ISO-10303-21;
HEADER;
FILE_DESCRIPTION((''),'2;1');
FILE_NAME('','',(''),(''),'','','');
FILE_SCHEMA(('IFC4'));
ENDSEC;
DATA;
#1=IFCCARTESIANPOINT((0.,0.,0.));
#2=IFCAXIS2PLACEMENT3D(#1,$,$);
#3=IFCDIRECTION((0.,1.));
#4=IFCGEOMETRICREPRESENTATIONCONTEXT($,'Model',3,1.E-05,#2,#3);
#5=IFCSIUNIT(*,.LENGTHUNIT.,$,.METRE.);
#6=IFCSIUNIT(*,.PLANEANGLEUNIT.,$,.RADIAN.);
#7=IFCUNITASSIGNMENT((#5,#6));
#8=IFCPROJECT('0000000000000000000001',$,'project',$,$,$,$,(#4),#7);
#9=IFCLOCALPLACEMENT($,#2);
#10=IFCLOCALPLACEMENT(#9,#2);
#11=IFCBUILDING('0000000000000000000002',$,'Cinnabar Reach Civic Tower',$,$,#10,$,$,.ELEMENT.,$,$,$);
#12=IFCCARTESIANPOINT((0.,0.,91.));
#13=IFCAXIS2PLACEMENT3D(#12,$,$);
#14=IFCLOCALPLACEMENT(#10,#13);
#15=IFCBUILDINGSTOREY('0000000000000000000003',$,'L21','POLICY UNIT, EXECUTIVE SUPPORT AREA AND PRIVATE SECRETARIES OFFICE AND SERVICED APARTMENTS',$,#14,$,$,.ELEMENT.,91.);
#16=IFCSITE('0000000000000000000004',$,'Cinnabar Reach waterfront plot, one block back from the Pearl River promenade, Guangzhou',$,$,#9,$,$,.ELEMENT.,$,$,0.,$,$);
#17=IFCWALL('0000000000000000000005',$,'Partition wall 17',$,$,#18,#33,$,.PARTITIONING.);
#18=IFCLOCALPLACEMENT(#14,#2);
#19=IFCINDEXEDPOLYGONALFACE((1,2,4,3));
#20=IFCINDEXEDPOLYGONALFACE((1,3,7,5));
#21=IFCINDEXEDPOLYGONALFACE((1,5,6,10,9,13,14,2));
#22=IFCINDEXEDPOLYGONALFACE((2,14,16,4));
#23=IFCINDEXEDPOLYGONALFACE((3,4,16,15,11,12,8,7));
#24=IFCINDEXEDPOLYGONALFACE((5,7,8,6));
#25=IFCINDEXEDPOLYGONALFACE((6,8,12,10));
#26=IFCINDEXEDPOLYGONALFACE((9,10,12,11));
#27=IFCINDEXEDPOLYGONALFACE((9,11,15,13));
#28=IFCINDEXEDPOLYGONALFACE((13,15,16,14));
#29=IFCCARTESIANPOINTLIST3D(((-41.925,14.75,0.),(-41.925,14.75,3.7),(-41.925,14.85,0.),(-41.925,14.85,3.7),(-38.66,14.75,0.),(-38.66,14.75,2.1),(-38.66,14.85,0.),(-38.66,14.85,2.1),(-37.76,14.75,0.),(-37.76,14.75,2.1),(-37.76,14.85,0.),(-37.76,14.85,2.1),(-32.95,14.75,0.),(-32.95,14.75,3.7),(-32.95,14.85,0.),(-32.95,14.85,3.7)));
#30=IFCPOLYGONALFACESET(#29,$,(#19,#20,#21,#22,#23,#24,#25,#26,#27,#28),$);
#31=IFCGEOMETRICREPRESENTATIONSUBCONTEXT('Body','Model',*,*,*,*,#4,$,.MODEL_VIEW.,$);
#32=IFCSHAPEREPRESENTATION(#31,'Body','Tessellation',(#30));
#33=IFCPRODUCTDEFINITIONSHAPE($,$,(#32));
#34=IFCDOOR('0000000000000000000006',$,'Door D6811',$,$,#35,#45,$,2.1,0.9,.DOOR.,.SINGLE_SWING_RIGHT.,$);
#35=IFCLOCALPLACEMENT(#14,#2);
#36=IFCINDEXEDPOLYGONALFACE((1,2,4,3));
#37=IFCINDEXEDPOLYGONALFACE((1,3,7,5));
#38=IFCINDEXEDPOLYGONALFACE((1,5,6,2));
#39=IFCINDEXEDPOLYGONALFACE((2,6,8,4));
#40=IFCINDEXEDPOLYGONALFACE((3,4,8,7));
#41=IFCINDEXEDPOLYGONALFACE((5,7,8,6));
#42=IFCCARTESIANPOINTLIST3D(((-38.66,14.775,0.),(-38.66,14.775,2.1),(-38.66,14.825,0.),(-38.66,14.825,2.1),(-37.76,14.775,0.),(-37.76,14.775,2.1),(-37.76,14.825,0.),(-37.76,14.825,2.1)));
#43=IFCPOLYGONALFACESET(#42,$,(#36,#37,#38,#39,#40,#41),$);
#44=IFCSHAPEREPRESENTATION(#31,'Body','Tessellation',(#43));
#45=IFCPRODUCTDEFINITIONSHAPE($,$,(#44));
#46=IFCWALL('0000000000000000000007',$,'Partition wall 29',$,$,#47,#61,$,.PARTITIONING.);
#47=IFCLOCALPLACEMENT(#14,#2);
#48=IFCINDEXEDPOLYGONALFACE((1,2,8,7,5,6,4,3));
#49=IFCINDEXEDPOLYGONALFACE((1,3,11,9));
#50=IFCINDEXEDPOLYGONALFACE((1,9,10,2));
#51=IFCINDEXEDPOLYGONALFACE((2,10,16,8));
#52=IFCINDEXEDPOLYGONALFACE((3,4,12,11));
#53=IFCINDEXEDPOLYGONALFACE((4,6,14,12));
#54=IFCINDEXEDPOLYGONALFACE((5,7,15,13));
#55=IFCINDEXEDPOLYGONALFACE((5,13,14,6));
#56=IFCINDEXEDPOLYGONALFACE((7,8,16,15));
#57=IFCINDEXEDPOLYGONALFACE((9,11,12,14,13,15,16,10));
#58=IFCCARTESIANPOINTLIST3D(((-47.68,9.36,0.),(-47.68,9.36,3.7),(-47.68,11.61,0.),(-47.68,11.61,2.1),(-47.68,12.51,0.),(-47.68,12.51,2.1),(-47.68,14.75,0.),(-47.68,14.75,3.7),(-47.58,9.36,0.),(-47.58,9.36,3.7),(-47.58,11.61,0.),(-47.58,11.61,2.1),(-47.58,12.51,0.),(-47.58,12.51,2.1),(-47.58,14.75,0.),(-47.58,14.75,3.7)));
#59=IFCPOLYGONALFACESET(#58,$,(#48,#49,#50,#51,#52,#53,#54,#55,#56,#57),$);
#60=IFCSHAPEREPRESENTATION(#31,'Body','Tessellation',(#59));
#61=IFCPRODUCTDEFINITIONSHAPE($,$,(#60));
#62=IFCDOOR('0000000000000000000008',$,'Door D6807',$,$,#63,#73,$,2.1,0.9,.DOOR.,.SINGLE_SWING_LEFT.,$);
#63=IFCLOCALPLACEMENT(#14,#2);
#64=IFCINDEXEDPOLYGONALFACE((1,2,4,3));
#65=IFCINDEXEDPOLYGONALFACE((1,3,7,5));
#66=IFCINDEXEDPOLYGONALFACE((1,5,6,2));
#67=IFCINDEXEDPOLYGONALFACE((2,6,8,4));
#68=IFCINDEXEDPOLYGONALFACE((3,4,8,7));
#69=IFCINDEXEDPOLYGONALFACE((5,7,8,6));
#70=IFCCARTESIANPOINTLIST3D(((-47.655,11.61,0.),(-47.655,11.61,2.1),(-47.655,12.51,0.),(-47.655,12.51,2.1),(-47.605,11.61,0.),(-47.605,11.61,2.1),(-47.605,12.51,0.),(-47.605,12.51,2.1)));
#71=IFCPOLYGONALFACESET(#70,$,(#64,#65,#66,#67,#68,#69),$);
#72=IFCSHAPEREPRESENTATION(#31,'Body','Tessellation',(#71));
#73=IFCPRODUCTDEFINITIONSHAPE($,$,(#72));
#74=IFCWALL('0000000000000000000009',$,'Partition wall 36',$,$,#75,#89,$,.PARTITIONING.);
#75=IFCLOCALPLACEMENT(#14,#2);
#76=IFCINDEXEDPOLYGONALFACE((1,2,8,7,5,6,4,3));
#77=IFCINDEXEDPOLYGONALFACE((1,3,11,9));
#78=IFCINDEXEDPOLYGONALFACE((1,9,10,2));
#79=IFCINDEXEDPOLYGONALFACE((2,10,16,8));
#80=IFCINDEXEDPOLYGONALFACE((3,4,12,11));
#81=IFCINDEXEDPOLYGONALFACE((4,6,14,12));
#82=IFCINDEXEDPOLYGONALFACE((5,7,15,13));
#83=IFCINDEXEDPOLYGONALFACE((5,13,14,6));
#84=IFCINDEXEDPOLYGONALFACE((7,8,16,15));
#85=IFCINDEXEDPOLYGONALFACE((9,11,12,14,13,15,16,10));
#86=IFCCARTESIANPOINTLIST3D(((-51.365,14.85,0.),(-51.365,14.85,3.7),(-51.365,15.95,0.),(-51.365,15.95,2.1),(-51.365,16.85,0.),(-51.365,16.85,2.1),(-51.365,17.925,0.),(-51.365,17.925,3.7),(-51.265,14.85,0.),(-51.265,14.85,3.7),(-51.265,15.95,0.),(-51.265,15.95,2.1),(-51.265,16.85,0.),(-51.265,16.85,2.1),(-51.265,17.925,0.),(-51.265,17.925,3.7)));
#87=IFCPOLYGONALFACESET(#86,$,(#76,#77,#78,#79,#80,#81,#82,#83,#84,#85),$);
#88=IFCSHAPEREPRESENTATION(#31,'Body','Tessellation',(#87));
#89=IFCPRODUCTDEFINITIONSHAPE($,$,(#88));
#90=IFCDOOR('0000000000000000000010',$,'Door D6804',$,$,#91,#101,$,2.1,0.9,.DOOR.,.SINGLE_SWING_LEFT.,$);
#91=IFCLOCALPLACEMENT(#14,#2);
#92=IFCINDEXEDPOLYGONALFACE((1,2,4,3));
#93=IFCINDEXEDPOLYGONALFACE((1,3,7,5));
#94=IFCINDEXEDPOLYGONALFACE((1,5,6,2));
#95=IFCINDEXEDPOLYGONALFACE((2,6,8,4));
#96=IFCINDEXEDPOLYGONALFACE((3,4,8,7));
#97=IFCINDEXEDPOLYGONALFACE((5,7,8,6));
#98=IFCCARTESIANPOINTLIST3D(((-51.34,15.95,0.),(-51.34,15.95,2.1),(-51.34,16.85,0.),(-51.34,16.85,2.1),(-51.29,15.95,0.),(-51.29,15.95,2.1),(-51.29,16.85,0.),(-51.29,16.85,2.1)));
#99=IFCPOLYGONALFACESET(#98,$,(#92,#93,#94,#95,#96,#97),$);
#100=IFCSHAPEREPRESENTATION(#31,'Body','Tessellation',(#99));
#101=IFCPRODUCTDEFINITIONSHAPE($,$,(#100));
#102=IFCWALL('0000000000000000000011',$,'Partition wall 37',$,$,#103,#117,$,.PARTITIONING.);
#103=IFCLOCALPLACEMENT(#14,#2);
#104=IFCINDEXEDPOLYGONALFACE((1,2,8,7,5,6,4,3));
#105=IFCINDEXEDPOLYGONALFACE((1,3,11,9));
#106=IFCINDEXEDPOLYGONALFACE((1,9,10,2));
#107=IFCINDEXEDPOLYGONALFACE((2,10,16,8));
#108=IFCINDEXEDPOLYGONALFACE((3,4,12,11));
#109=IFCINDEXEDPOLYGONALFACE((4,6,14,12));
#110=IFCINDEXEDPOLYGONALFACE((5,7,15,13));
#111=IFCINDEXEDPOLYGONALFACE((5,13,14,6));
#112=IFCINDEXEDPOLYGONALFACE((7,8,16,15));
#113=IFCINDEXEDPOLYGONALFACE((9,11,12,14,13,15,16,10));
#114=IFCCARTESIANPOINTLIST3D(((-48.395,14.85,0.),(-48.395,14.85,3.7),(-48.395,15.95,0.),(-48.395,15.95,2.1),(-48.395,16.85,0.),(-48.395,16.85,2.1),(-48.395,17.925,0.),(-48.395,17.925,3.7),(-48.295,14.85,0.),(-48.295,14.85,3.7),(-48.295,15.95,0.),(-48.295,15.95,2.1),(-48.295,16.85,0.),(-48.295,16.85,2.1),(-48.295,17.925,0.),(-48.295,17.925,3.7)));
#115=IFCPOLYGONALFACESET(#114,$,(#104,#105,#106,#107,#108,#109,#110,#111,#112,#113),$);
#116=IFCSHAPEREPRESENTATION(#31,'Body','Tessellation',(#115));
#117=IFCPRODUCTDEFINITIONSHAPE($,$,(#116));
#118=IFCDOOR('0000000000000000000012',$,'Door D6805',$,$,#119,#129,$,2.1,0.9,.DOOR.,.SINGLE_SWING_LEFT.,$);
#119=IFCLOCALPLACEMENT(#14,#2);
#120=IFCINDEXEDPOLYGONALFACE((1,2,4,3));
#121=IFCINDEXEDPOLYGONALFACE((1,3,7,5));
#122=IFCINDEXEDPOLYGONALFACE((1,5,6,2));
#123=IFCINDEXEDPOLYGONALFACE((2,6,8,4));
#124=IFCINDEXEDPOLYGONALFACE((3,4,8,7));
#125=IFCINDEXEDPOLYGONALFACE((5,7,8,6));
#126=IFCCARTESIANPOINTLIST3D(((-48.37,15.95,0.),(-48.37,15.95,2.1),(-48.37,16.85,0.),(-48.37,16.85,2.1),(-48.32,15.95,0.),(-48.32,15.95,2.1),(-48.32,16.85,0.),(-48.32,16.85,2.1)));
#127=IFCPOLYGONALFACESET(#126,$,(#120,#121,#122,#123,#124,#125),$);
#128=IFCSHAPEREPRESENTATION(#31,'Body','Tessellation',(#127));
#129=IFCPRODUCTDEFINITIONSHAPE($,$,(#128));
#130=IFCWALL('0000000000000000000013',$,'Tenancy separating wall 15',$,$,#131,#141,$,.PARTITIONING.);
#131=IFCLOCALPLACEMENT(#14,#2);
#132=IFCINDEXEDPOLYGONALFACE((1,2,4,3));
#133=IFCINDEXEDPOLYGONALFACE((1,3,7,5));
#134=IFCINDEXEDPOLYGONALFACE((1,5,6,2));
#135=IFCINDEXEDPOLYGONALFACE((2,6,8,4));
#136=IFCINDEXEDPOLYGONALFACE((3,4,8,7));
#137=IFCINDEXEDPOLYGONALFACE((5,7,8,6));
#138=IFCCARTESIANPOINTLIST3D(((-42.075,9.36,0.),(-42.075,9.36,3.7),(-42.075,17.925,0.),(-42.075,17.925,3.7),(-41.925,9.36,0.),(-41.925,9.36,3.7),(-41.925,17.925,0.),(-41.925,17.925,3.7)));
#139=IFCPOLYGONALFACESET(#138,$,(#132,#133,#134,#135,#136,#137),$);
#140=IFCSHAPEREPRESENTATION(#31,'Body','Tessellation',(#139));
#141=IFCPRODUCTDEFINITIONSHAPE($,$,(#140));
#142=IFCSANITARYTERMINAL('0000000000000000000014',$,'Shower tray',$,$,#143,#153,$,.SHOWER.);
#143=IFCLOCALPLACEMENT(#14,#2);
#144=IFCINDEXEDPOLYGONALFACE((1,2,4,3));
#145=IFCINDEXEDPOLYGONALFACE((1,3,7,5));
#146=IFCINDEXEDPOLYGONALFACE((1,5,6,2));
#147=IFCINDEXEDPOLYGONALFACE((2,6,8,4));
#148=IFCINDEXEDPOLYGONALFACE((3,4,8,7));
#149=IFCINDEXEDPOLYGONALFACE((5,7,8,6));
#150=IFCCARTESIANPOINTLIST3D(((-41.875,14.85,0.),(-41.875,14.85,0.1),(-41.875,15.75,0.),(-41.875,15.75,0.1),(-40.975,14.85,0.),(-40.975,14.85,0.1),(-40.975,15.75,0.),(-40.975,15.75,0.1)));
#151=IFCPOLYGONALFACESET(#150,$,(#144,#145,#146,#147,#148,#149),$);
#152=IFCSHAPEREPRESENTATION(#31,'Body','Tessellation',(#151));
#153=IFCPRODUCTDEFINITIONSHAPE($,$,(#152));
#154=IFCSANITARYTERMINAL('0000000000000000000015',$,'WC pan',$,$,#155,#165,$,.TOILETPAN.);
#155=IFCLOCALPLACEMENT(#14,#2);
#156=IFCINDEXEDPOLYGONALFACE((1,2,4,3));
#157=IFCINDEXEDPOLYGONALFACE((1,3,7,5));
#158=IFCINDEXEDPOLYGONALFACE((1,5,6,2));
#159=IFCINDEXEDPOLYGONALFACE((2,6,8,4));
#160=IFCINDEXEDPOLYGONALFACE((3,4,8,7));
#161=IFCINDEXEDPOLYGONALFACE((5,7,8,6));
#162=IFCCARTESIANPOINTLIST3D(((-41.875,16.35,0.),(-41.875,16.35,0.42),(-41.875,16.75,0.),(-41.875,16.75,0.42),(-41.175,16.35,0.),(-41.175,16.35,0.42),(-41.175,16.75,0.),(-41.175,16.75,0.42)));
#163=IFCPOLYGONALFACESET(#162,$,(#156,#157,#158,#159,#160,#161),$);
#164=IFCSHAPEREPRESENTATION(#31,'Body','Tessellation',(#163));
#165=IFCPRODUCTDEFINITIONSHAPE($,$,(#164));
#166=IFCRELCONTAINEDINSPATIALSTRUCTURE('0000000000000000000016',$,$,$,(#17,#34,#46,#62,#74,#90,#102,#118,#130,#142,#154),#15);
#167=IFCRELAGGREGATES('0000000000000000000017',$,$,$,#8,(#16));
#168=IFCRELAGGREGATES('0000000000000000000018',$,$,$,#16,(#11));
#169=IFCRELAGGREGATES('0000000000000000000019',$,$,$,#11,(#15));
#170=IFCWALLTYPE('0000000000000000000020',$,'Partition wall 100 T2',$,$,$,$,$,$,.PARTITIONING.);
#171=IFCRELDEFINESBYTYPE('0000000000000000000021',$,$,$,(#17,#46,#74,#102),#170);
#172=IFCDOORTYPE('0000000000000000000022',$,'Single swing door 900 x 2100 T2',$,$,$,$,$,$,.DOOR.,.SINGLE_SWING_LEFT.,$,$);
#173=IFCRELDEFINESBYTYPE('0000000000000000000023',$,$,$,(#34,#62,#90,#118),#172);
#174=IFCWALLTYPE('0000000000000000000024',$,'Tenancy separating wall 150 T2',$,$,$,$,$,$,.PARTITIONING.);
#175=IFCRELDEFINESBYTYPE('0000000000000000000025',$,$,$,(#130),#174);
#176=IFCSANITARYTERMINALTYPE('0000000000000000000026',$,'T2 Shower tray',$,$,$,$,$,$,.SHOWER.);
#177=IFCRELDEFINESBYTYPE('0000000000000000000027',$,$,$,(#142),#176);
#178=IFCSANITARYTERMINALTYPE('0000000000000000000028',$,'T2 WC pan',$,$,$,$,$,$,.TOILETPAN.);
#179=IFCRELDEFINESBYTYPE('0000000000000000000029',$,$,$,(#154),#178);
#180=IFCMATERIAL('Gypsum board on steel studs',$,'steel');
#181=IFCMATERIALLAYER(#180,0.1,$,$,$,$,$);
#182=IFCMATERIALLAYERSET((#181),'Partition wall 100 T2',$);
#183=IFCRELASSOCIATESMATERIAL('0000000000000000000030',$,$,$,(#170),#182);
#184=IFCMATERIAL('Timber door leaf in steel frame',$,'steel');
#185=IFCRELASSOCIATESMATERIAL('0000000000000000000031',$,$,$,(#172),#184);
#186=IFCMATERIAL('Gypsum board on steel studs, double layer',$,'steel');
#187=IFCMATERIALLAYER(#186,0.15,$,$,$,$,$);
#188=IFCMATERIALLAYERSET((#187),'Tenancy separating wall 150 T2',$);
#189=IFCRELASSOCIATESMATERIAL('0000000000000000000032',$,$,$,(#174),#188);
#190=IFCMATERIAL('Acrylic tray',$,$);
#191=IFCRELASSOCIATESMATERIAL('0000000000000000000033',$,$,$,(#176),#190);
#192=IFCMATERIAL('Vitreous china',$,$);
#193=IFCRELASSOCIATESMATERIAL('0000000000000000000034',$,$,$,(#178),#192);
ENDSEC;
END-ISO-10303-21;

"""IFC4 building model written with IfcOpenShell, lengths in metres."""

from ifc_helpers import new_model, si_unit, direction, frame, frame_2d, origin, origin_2d, place, context, subcontext, project, spatial, rectangle, extrude, material, layer, layer_set, type_object, element, fill, save


model = new_model("IFC4")

# Units and contexts
model_context = context("Model", 3, precision=1e-05, world=origin(), true_north=direction((0.0, 1.0)))
body_context = subcontext(model_context, "Body", "Model", "MODEL_VIEW")
ifc_project = project(units=[si_unit("LENGTHUNIT", "METRE"), si_unit("PLANEANGLEUNIT", "RADIAN")], contexts=[model_context])

# Site, building, storey
site_placement = place(None, origin())
site = spatial("IfcSite", under=ifc_project, at=site_placement, Name="Cinnabar Reach waterfront plot, one block back from the Pearl River promenade, Guangzhou", CompositionType="ELEMENT", RefElevation=0.0)
building_placement = place(site_placement, origin())
building = spatial("IfcBuilding", under=site, at=building_placement, Name="Cinnabar Reach Civic Tower", CompositionType="ELEMENT")
storey_placement = place(building_placement, frame((0.0, 0.0, 91.0)))
storey = spatial("IfcBuildingStorey", under=building, at=storey_placement, Name="L21", Description="POLICY UNIT, EXECUTIVE SUPPORT AREA AND PRIVATE SECRETARIES OFFICE AND SERVICED APARTMENTS", CompositionType="ELEMENT", Elevation=91.0)

# Walls, openings, doors
ifc_material_1 = material(Name="Gypsum board on steel studs, double layer", Category="steel")
ifc_material_2 = material(Name="Timber door leaf in steel frame", Category="steel")
ifc_material_3 = material(Name="Gypsum board on steel studs", Category="steel")
ifc_layer_1 = layer(ifc_material_3, 0.1)
ifc_layer_set_1 = layer_set([ifc_layer_1], Name="Partition wall 100 T2")
wall_type_1 = type_object("IfcWallType", Name="Partition wall 100 T2", PredefinedType="PARTITIONING", material=ifc_layer_set_1)
wall_1_placement = place(storey_placement, frame((-41.925, 14.8, 0.0), z_axis=(0.0, 0.0, 1.0), x_axis=(1.0, 0.0, 0.0)))
wall_1 = element("IfcWall", 1, at=wall_1_placement, inside=storey, type_object=wall_type_1, Name="Partition wall 17", PredefinedType="PARTITIONING", context=body_context, shape_type="SweptSolid", body=[
    extrude(rectangle(XDim=8.975, YDim=0.1, at=frame_2d((4.4875, 0.0))), origin(), (0.0, 0.0, 1.0), 3.7),
])
opening_1_placement = place(wall_1_placement, frame((3.265, 0.0, 0.0)))
opening_1 = element("IfcOpeningElement", 2, at=opening_1_placement, cuts=wall_1, PredefinedType="OPENING", context=body_context, shape_type="SweptSolid", body=[
    extrude(rectangle(XDim=0.9, YDim=2.1, at=frame_2d((0.45, 1.05))), frame((0.0, 0.06, 0.0), z_axis=(0.0, -1.0, 0.0), x_axis=(1.0, 0.0, 0.0)), (0.0, 0.0, 1.0), 0.12),
])
door_type_1 = type_object("IfcDoorType", Name="Single swing door 900 x 2100 T2", OperationType="SINGLE_SWING_LEFT", PredefinedType="DOOR", material=ifc_material_2)
door_1_placement = place(opening_1_placement, origin())
door_1 = element("IfcDoor", 3, at=door_1_placement, inside=storey, type_object=door_type_1, Name="Door D6811", OperationType="SINGLE_SWING_RIGHT", OverallHeight=2.1, OverallWidth=0.9, PredefinedType="DOOR", context=body_context, shape_type="SweptSolid", body=[
    extrude(rectangle(XDim=0.9, YDim=2.1, at=frame_2d((0.45, 1.05))), frame((0.0, 0.025, 0.0), z_axis=(0.0, -1.0, 0.0), x_axis=(1.0, 0.0, 0.0)), (0.0, 0.0, 1.0), 0.05),
])
fill(opening_1, door_1)
wall_2_placement = place(storey_placement, frame((-47.63, 9.36, 0.0), z_axis=(0.0, 0.0, 1.0), x_axis=(0.0, 1.0, 0.0)))
wall_2 = element("IfcWall", 4, at=wall_2_placement, inside=storey, type_object=wall_type_1, Name="Partition wall 29", PredefinedType="PARTITIONING", context=body_context, shape_type="SweptSolid", body=[
    extrude(rectangle(XDim=5.39, YDim=0.1, at=frame_2d((2.695, 0.0))), origin(), (0.0, 0.0, 1.0), 3.7),
])
opening_2_placement = place(wall_2_placement, frame((2.25, 0.0, 0.0)))
opening_2 = element("IfcOpeningElement", 5, at=opening_2_placement, cuts=wall_2, PredefinedType="OPENING", context=body_context, shape_type="SweptSolid", body=[
    extrude(rectangle(XDim=0.9, YDim=2.1, at=frame_2d((0.45, 1.05))), frame((0.0, 0.06, 0.0), z_axis=(0.0, -1.0, 0.0), x_axis=(1.0, 0.0, 0.0)), (0.0, 0.0, 1.0), 0.12),
])
door_2_placement = place(opening_2_placement, frame((0.9, 0.0, 0.0), z_axis=(0.0, 0.0, 1.0), x_axis=(-1.0, 0.0, 0.0)))
door_2 = element("IfcDoor", 6, at=door_2_placement, inside=storey, type_object=door_type_1, Name="Door D6807", OperationType="SINGLE_SWING_LEFT", OverallHeight=2.1, OverallWidth=0.9, PredefinedType="DOOR", context=body_context, shape_type="SweptSolid", body=[
    extrude(rectangle(XDim=0.9, YDim=2.1, at=frame_2d((0.45, 1.05))), frame((0.0, 0.025, 0.0), z_axis=(0.0, -1.0, 0.0), x_axis=(1.0, 0.0, 0.0)), (0.0, 0.0, 1.0), 0.05),
])
fill(opening_2, door_2)
wall_3_placement = place(storey_placement, frame((-51.315, 14.85, 0.0), z_axis=(0.0, 0.0, 1.0), x_axis=(0.0, 1.0, 0.0)))
wall_3 = element("IfcWall", 7, at=wall_3_placement, inside=storey, type_object=wall_type_1, Name="Partition wall 36", PredefinedType="PARTITIONING", context=body_context, shape_type="SweptSolid", body=[
    extrude(rectangle(XDim=3.075, YDim=0.1, at=frame_2d((1.5375, 0.0))), origin(), (0.0, 0.0, 1.0), 3.7),
])
opening_3_placement = place(wall_3_placement, frame((1.1, 0.0, 0.0)))
opening_3 = element("IfcOpeningElement", 8, at=opening_3_placement, cuts=wall_3, PredefinedType="OPENING", context=body_context, shape_type="SweptSolid", body=[
    extrude(rectangle(XDim=0.9, YDim=2.1, at=frame_2d((0.45, 1.05))), frame((0.0, 0.06, 0.0), z_axis=(0.0, -1.0, 0.0), x_axis=(1.0, 0.0, 0.0)), (0.0, 0.0, 1.0), 0.12),
])
door_3_placement = place(opening_3_placement, origin())
door_3 = element("IfcDoor", 9, at=door_3_placement, inside=storey, type_object=door_type_1, Name="Door D6804", OperationType="SINGLE_SWING_LEFT", OverallHeight=2.1, OverallWidth=0.9, PredefinedType="DOOR", context=body_context, shape_type="SweptSolid", body=[
    extrude(rectangle(XDim=0.9, YDim=2.1, at=frame_2d((0.45, 1.05))), frame((0.0, 0.025, 0.0), z_axis=(0.0, -1.0, 0.0), x_axis=(1.0, 0.0, 0.0)), (0.0, 0.0, 1.0), 0.05),
])
fill(opening_3, door_3)
wall_4_placement = place(storey_placement, frame((-48.345, 14.85, 0.0), z_axis=(0.0, 0.0, 1.0), x_axis=(0.0, 1.0, 0.0)))
wall_4 = element("IfcWall", 10, at=wall_4_placement, inside=storey, type_object=wall_type_1, Name="Partition wall 37", PredefinedType="PARTITIONING", context=body_context, shape_type="SweptSolid", body=[
    extrude(rectangle(XDim=3.075, YDim=0.1, at=frame_2d((1.5375, 0.0))), origin(), (0.0, 0.0, 1.0), 3.7),
])
opening_4_placement = place(wall_4_placement, frame((1.1, 0.0, 0.0)))
opening_4 = element("IfcOpeningElement", 11, at=opening_4_placement, cuts=wall_4, PredefinedType="OPENING", context=body_context, shape_type="SweptSolid", body=[
    extrude(rectangle(XDim=0.9, YDim=2.1, at=frame_2d((0.45, 1.05))), frame((0.0, 0.06, 0.0), z_axis=(0.0, -1.0, 0.0), x_axis=(1.0, 0.0, 0.0)), (0.0, 0.0, 1.0), 0.12),
])
door_4_placement = place(opening_4_placement, origin())
door_4 = element("IfcDoor", 12, at=door_4_placement, inside=storey, type_object=door_type_1, Name="Door D6805", OperationType="SINGLE_SWING_LEFT", OverallHeight=2.1, OverallWidth=0.9, PredefinedType="DOOR", context=body_context, shape_type="SweptSolid", body=[
    extrude(rectangle(XDim=0.9, YDim=2.1, at=frame_2d((0.45, 1.05))), frame((0.0, 0.025, 0.0), z_axis=(0.0, -1.0, 0.0), x_axis=(1.0, 0.0, 0.0)), (0.0, 0.0, 1.0), 0.05),
])
fill(opening_4, door_4)

# Wall
ifc_layer_2 = layer(ifc_material_1, 0.15)
ifc_layer_set_2 = layer_set([ifc_layer_2], Name="Tenancy separating wall 150 T2")
wall_type_2 = type_object("IfcWallType", Name="Tenancy separating wall 150 T2", PredefinedType="PARTITIONING", material=ifc_layer_set_2)
wall_5_placement = place(storey_placement, frame((-42.0, 9.36, 0.0), z_axis=(0.0, 0.0, 1.0), x_axis=(0.0, 1.0, 0.0)))
element("IfcWall", 13, at=wall_5_placement, inside=storey, type_object=wall_type_2, Name="Tenancy separating wall 15", PredefinedType="PARTITIONING", context=body_context, shape_type="SweptSolid", body=[
    extrude(rectangle(XDim=8.565, YDim=0.15, at=frame_2d((4.2825, 0.0))), origin(), (0.0, 0.0, 1.0), 3.7),
])

# Sanitary terminals
ifc_material_4 = material(Name="Acrylic tray")
sanitary_terminal_type_1 = type_object("IfcSanitaryTerminalType", Name="T2 Shower tray", PredefinedType="SHOWER", material=ifc_material_4)
sanitary_terminal_1_placement = place(storey_placement, frame((-41.425, 15.3, 0.0), z_axis=(0.0, 0.0, 1.0), x_axis=(1.0, 0.0, 0.0)))
element("IfcSanitaryTerminal", 14, at=sanitary_terminal_1_placement, inside=storey, type_object=sanitary_terminal_type_1, Name="Shower tray", PredefinedType="SHOWER", context=body_context, shape_type="SweptSolid", body=[
    extrude(rectangle(XDim=0.9, YDim=0.9, at=origin_2d()), origin(), (0.0, 0.0, 1.0), 0.1),
])
ifc_material_5 = material(Name="Vitreous china")
sanitary_terminal_type_2 = type_object("IfcSanitaryTerminalType", Name="T2 WC pan", PredefinedType="TOILETPAN", material=ifc_material_5)
sanitary_terminal_2_placement = place(storey_placement, frame((-41.525, 16.55, 0.0), z_axis=(0.0, 0.0, 1.0), x_axis=(1.0, 0.0, 0.0)))
element("IfcSanitaryTerminal", 15, at=sanitary_terminal_2_placement, inside=storey, type_object=sanitary_terminal_type_2, Name="WC pan", PredefinedType="TOILETPAN", context=body_context, shape_type="SweptSolid", body=[
    extrude(rectangle(XDim=0.7, YDim=0.4, at=origin_2d()), origin(), (0.0, 0.0, 1.0), 0.42),
])

save(model, "model.ifc")
